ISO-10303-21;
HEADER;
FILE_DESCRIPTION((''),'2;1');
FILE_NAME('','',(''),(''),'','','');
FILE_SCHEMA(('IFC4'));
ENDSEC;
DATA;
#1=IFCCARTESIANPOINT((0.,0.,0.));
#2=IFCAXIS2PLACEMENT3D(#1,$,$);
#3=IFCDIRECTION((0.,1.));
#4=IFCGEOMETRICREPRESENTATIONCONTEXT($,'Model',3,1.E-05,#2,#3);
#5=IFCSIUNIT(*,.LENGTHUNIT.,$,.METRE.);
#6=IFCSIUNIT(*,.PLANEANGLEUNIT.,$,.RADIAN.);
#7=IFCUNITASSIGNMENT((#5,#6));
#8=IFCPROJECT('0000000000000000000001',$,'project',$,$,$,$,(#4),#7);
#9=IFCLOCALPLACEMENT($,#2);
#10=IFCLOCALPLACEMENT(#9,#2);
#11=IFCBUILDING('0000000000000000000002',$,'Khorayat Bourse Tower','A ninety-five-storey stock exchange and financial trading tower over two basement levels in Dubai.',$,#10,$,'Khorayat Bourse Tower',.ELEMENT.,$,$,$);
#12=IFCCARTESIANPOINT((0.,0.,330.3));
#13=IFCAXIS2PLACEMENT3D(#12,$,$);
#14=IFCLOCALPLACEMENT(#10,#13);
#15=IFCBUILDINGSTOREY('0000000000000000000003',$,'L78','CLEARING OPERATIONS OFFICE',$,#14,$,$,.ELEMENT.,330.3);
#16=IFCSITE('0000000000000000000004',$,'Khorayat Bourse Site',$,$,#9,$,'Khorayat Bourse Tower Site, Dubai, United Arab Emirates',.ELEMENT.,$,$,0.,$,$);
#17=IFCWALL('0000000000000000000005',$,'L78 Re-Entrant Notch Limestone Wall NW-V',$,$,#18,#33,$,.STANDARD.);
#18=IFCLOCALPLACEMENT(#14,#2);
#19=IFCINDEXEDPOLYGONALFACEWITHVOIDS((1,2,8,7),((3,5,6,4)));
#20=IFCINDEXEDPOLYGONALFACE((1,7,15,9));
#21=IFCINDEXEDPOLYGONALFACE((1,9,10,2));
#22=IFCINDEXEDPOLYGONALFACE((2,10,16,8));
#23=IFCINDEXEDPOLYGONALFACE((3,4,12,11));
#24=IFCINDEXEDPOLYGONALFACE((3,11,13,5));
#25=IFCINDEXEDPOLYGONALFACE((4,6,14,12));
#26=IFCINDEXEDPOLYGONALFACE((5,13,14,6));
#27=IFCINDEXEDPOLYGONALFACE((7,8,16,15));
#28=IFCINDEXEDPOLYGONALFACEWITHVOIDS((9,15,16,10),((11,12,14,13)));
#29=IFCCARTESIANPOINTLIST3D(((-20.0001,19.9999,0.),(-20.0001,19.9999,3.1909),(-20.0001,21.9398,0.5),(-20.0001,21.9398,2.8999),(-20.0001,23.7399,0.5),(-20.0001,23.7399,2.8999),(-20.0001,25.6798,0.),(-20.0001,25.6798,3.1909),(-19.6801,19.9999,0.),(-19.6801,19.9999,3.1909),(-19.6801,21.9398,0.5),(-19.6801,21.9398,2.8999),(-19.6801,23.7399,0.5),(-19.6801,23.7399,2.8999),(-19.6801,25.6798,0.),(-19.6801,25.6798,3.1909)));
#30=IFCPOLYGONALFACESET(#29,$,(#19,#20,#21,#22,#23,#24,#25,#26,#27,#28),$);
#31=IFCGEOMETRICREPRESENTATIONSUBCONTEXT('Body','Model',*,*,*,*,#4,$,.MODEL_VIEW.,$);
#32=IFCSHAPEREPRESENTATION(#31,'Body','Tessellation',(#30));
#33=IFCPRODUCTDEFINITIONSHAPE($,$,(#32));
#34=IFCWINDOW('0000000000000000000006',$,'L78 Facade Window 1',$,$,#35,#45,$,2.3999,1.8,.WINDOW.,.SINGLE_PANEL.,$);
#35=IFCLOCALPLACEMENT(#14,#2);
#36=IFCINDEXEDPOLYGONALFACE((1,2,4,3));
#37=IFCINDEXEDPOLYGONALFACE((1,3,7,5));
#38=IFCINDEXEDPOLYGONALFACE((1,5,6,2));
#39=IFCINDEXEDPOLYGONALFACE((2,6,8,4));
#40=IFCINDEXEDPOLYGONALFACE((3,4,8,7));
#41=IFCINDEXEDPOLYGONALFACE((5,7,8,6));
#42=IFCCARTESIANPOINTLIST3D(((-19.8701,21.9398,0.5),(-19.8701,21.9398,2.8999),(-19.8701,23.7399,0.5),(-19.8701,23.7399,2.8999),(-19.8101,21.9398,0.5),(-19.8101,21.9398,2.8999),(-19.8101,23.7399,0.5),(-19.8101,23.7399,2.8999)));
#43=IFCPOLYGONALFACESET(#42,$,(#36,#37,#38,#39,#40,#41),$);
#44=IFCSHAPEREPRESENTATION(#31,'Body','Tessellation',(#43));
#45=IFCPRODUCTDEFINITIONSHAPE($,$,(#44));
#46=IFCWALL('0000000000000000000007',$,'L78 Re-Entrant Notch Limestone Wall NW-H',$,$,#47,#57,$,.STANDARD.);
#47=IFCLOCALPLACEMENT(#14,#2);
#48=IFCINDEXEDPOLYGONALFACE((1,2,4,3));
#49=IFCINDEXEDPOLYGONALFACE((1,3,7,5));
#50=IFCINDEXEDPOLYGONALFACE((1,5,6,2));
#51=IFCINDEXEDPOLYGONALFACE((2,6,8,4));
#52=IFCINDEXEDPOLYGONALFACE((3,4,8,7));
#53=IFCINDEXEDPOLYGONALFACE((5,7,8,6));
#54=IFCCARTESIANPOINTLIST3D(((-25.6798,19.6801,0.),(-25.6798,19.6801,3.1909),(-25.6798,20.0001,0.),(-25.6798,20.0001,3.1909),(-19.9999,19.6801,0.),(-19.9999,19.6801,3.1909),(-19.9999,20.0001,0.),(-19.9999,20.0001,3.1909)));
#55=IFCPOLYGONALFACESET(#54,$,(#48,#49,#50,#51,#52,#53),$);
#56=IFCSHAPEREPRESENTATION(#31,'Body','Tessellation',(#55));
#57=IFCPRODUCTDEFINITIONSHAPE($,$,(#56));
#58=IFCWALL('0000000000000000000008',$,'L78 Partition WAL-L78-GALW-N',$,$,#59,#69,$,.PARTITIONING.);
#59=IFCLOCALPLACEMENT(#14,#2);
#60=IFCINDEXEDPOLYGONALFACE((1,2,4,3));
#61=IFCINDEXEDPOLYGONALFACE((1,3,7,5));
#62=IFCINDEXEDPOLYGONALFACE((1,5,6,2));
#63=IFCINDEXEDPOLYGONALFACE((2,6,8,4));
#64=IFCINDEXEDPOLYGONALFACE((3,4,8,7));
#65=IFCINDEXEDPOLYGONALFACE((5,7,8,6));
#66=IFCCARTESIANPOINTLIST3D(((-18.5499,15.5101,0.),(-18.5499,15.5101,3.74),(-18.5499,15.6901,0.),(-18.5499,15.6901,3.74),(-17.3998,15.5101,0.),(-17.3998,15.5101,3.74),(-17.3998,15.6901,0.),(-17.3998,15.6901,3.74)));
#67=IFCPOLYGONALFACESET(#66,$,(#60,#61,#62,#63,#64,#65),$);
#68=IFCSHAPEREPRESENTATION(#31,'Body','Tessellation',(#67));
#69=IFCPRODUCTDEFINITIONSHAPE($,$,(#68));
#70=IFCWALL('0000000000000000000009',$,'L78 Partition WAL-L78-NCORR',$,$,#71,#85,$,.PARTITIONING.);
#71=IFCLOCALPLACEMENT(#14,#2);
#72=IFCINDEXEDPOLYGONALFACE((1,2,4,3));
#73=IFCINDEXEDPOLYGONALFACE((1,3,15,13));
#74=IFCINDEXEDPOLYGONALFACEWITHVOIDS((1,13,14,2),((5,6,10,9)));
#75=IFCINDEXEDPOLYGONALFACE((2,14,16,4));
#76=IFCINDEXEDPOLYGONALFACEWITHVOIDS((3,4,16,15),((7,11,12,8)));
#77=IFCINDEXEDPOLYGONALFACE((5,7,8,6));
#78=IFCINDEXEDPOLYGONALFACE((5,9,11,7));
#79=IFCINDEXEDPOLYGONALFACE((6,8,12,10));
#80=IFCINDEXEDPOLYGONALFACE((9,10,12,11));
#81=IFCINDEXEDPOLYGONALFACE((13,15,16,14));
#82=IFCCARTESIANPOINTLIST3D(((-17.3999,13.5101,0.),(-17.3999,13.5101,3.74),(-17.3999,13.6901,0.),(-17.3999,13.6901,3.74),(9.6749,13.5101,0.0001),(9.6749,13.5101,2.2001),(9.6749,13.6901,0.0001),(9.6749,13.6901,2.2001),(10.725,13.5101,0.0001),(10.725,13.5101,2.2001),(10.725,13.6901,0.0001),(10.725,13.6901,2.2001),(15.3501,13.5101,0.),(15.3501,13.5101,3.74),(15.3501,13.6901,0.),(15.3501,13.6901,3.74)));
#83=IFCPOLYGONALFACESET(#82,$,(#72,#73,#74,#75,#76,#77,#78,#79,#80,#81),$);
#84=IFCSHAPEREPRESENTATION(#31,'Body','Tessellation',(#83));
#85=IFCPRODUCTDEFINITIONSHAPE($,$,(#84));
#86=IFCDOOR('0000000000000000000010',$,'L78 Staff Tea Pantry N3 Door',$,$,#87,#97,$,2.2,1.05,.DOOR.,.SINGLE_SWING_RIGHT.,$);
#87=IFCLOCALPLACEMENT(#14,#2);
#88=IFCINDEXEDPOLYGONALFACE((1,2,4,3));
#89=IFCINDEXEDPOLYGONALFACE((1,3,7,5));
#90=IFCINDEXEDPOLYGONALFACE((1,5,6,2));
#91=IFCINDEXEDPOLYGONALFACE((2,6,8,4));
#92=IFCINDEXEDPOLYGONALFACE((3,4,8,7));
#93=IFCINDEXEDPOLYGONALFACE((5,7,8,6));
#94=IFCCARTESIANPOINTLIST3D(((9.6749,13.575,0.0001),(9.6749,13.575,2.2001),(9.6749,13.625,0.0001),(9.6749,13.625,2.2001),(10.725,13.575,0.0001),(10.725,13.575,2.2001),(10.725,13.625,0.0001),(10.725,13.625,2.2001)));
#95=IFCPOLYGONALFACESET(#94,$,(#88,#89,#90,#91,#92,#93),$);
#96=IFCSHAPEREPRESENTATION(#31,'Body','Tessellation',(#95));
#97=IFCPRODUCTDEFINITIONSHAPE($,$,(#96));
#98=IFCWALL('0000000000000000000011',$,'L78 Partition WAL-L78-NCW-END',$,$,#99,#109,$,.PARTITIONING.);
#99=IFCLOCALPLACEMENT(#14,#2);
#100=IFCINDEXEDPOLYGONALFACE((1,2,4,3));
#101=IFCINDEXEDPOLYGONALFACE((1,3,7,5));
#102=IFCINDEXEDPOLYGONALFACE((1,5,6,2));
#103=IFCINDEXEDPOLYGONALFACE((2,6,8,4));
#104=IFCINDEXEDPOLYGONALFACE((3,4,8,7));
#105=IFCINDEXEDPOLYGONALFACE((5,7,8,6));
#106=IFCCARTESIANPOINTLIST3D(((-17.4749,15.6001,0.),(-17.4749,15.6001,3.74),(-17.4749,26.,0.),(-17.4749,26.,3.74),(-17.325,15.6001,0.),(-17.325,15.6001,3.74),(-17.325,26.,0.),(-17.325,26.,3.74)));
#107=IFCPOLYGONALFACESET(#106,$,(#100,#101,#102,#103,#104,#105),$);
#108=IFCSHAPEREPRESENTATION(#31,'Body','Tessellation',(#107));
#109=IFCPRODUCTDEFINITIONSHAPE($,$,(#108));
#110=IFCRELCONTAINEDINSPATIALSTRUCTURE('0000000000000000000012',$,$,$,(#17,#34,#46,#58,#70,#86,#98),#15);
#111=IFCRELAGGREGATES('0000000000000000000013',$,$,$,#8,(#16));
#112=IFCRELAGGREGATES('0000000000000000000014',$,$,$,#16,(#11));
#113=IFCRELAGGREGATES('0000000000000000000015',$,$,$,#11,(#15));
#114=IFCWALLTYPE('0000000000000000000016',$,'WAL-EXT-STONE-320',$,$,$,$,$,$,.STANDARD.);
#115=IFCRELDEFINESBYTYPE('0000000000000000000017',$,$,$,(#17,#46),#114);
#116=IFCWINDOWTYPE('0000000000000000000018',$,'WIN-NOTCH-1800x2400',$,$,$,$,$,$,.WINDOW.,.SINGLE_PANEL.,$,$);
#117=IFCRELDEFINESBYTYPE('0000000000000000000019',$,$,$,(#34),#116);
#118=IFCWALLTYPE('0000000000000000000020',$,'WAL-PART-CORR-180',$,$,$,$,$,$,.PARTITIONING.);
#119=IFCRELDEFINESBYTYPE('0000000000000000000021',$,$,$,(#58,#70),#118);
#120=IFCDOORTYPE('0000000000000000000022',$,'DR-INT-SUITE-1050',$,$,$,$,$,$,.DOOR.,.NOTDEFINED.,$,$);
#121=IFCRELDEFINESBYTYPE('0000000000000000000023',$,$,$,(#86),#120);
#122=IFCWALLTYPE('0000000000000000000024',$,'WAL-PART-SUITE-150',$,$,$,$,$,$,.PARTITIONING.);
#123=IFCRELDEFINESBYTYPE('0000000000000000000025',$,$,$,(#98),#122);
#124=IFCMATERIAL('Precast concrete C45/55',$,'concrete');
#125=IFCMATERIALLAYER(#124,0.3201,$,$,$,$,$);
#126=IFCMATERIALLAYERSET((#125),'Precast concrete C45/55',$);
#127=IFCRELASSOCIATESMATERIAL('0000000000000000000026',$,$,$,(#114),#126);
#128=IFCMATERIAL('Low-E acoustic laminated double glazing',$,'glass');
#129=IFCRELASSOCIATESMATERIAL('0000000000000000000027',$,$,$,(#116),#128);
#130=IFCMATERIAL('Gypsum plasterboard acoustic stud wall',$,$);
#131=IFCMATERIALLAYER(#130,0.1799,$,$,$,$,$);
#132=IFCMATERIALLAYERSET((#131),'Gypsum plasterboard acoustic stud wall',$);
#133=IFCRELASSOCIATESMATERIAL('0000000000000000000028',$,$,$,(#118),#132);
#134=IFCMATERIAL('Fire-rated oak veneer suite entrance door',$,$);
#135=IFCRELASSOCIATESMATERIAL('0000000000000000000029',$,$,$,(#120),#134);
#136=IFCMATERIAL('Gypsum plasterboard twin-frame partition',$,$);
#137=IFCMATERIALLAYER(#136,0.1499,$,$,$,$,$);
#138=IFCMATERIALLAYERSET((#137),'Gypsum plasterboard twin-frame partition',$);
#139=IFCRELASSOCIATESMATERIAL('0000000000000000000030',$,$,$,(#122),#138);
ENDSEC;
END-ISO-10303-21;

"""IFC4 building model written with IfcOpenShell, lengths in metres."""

from ifc_helpers import new_model, si_unit, direction, frame, frame_2d, origin, place, context, subcontext, project, spatial, rectangle, extrude, source, transform, mapped, material, layer, layer_set, type_object, element, fill, save


model = new_model("IFC4")

# Units and contexts
model_context = context("Model", 3, precision=1e-05, world=origin(), true_north=direction((0.0, 1.0)))
body_context = subcontext(model_context, "Body", "Model", "MODEL_VIEW")
ifc_project = project(units=[si_unit("LENGTHUNIT", "METRE"), si_unit("PLANEANGLEUNIT", "RADIAN")], contexts=[model_context])

# Site, building, storey
site_placement = place(None, origin())
site = spatial("IfcSite", under=ifc_project, at=site_placement, Name="Khorayat Bourse Site", LongName="Khorayat Bourse Tower Site, Dubai, United Arab Emirates", CompositionType="ELEMENT", RefElevation=0.0)
building_placement = place(site_placement, origin())
building = spatial("IfcBuilding", under=site, at=building_placement, Name="Khorayat Bourse Tower", Description="A ninety-five-storey stock exchange and financial trading tower over two basement levels in Dubai.", LongName="Khorayat Bourse Tower", CompositionType="ELEMENT")
storey_placement = place(building_placement, frame((0.0, 0.0, 330.3)))
storey = spatial("IfcBuildingStorey", under=building, at=storey_placement, Name="L78", Description="CLEARING OPERATIONS OFFICE", CompositionType="ELEMENT", Elevation=330.3)

# Wall, opening, window
ifc_material_1 = material(Name="Precast concrete C45/55", Category="concrete")
ifc_layer_1 = layer(ifc_material_1, 0.3201)
ifc_layer_set_1 = layer_set([ifc_layer_1], Name="Precast concrete C45/55")
wall_type_1 = type_object("IfcWallType", Name="WAL-EXT-STONE-320", PredefinedType="STANDARD", material=ifc_layer_set_1)
shared_shape_1 = source(origin(), body_context, "Body", "SweptSolid", [
    extrude(rectangle(XDim=5.6799, YDim=0.3201, at=frame_2d((2.8398, 0.0))), origin(), (0.0, 0.0, 1.0), 3.1909),
])
wall_1_placement = place(storey_placement, frame((-19.8401, 20.0, 0.0), z_axis=(0.0, 0.0, 1.0), x_axis=(0.0, 1.0, 0.0)))
wall_1 = element("IfcWall", 1, at=wall_1_placement, inside=storey, type_object=wall_type_1, Name="L78 Re-Entrant Notch Limestone Wall NW-V", PredefinedType="STANDARD", context=body_context, shape_type="MappedRepresentation", body=[
    mapped(shared_shape_1, transform((0.0, 0.0, 0.0), scale=1.0)),
])
shared_shape_2 = source(origin(), body_context, "Body", "SweptSolid", [
    extrude(rectangle(XDim=1.8, YDim=2.3999, at=frame_2d((0.8999, 1.2))), frame((0.0, 0.1699, 0.0), z_axis=(0.0, -1.0, 0.0), x_axis=(1.0, 0.0, 0.0)), (0.0, 0.0, 1.0), 0.3401),
])
opening_1_placement = place(wall_1_placement, frame((1.9399, 0.0, 0.5)))
opening_1 = element("IfcOpeningElement", 2, at=opening_1_placement, cuts=wall_1, PredefinedType="OPENING", context=body_context, shape_type="MappedRepresentation", body=[
    mapped(shared_shape_2, transform((0.0, 0.0, 0.0), scale=1.0)),
])
ifc_material_2 = material(Name="Low-E acoustic laminated double glazing", Category="glass")
window_type = type_object("IfcWindowType", Name="WIN-NOTCH-1800x2400", PartitioningType="SINGLE_PANEL", PredefinedType="WINDOW", material=ifc_material_2)
shared_shape_3 = source(origin(), body_context, "Body", "SweptSolid", [
    extrude(rectangle(XDim=1.8, YDim=2.3999, at=frame_2d((0.8999, 1.2))), frame((0.0, 0.03, 0.0), z_axis=(0.0, -1.0, 0.0), x_axis=(1.0, 0.0, 0.0)), (0.0, 0.0, 1.0), 0.0601),
])
window_placement = place(opening_1_placement, origin())
window = element("IfcWindow", 3, at=window_placement, inside=storey, type_object=window_type, Name="L78 Facade Window 1", OverallHeight=2.3999, OverallWidth=1.8, PartitioningType="SINGLE_PANEL", PredefinedType="WINDOW", context=body_context, shape_type="MappedRepresentation", body=[
    mapped(shared_shape_3, transform((0.0, 0.0, 0.0), scale=1.0)),
])
fill(opening_1, window)

# Walls
wall_2_placement = place(storey_placement, frame((-20.0, 19.8401, 0.0), z_axis=(0.0, 0.0, 1.0), x_axis=(-1.0, 0.0, 0.0)))
element("IfcWall", 4, at=wall_2_placement, inside=storey, type_object=wall_type_1, Name="L78 Re-Entrant Notch Limestone Wall NW-H", PredefinedType="STANDARD", context=body_context, shape_type="MappedRepresentation", body=[
    mapped(shared_shape_1, transform((0.0, 0.0, 0.0), scale=1.0)),
])
ifc_material_3 = material(Name="Gypsum plasterboard acoustic stud wall")
ifc_layer_2 = layer(ifc_material_3, 0.1799)
ifc_layer_set_2 = layer_set([ifc_layer_2], Name="Gypsum plasterboard acoustic stud wall")
wall_type_2 = type_object("IfcWallType", Name="WAL-PART-CORR-180", PredefinedType="PARTITIONING", material=ifc_layer_set_2)
shared_shape_4 = source(origin(), body_context, "Body", "SweptSolid", [
    extrude(rectangle(XDim=1.1501, YDim=0.1799, at=frame_2d((0.5752, 0.0))), origin(), (0.0, 0.0, 1.0), 3.74),
])
wall_3_placement = place(storey_placement, frame((-18.55, 15.6001, 0.0), z_axis=(0.0, 0.0, 1.0), x_axis=(1.0, 0.0, 0.0)))
element("IfcWall", 5, at=wall_3_placement, inside=storey, type_object=wall_type_2, Name="L78 Partition WAL-L78-GALW-N", PredefinedType="PARTITIONING", context=body_context, shape_type="MappedRepresentation", body=[
    mapped(shared_shape_4, transform((0.0, 0.0, 0.0), scale=1.0)),
])

# Wall, opening, door
shared_shape_5 = source(origin(), body_context, "Body", "SweptSolid", [
    extrude(rectangle(XDim=32.75, YDim=0.1799, at=frame_2d((16.375, 0.0))), origin(), (0.0, 0.0, 1.0), 3.74),
])
wall_4_placement = place(storey_placement, frame((-17.3999, 13.6001, 0.0), z_axis=(0.0, 0.0, 1.0), x_axis=(1.0, 0.0, 0.0)))
wall_4 = element("IfcWall", 6, at=wall_4_placement, inside=storey, type_object=wall_type_2, Name="L78 Partition WAL-L78-NCORR", PredefinedType="PARTITIONING", context=body_context, shape_type="MappedRepresentation", body=[
    mapped(shared_shape_5, transform((0.0, 0.0, 0.0), scale=1.0)),
])
shared_shape_6 = source(origin(), body_context, "Body", "SweptSolid", [
    extrude(rectangle(XDim=1.05, YDim=2.2, at=frame_2d((0.5249, 1.1001))), frame((0.0, 0.0999, 0.0), z_axis=(0.0, -1.0, 0.0), x_axis=(1.0, 0.0, 0.0)), (0.0, 0.0, 1.0), 0.2),
])
opening_2_placement = place(wall_4_placement, frame((27.075, 0.0, 0.0)))
opening_2 = element("IfcOpeningElement", 7, at=opening_2_placement, cuts=wall_4, PredefinedType="OPENING", context=body_context, shape_type="MappedRepresentation", body=[
    mapped(shared_shape_6, transform((0.0, 0.0, 0.0), scale=1.0)),
])
ifc_material_4 = material(Name="Fire-rated oak veneer suite entrance door")
door_type = type_object("IfcDoorType", Name="DR-INT-SUITE-1050", OperationType="NOTDEFINED", PredefinedType="DOOR", material=ifc_material_4)
shared_shape_7 = source(origin(), body_context, "Body", "SweptSolid", [
    extrude(rectangle(XDim=1.05, YDim=2.2, at=frame_2d((0.5249, 1.1001))), frame((0.0, 0.0249, 0.0), z_axis=(0.0, -1.0, 0.0), x_axis=(1.0, 0.0, 0.0)), (0.0, 0.0, 1.0), 0.05),
])
door_placement = place(opening_2_placement, origin())
door = element("IfcDoor", 8, at=door_placement, inside=storey, type_object=door_type, Name="L78 Staff Tea Pantry N3 Door", OperationType="SINGLE_SWING_RIGHT", OverallHeight=2.2, OverallWidth=1.05, PredefinedType="DOOR", context=body_context, shape_type="MappedRepresentation", body=[
    mapped(shared_shape_7, transform((0.0, 0.0, 0.0), scale=1.0)),
])
fill(opening_2, door)

# Wall
ifc_material_5 = material(Name="Gypsum plasterboard twin-frame partition")
ifc_layer_3 = layer(ifc_material_5, 0.1499)
ifc_layer_set_3 = layer_set([ifc_layer_3], Name="Gypsum plasterboard twin-frame partition")
wall_type_3 = type_object("IfcWallType", Name="WAL-PART-SUITE-150", PredefinedType="PARTITIONING", material=ifc_layer_set_3)
shared_shape_8 = source(origin(), body_context, "Body", "SweptSolid", [
    extrude(rectangle(XDim=10.3999, YDim=0.1499, at=frame_2d((5.2, 0.0))), origin(), (0.0, 0.0, 1.0), 3.74),
])
wall_5_placement = place(storey_placement, frame((-17.3999, 15.6001, 0.0), z_axis=(0.0, 0.0, 1.0), x_axis=(0.0, 1.0, 0.0)))
element("IfcWall", 9, at=wall_5_placement, inside=storey, type_object=wall_type_3, Name="L78 Partition WAL-L78-NCW-END", PredefinedType="PARTITIONING", context=body_context, shape_type="MappedRepresentation", body=[
    mapped(shared_shape_8, transform((0.0, 0.0, 0.0), scale=1.0)),
])

save(model, "model.ifc")
